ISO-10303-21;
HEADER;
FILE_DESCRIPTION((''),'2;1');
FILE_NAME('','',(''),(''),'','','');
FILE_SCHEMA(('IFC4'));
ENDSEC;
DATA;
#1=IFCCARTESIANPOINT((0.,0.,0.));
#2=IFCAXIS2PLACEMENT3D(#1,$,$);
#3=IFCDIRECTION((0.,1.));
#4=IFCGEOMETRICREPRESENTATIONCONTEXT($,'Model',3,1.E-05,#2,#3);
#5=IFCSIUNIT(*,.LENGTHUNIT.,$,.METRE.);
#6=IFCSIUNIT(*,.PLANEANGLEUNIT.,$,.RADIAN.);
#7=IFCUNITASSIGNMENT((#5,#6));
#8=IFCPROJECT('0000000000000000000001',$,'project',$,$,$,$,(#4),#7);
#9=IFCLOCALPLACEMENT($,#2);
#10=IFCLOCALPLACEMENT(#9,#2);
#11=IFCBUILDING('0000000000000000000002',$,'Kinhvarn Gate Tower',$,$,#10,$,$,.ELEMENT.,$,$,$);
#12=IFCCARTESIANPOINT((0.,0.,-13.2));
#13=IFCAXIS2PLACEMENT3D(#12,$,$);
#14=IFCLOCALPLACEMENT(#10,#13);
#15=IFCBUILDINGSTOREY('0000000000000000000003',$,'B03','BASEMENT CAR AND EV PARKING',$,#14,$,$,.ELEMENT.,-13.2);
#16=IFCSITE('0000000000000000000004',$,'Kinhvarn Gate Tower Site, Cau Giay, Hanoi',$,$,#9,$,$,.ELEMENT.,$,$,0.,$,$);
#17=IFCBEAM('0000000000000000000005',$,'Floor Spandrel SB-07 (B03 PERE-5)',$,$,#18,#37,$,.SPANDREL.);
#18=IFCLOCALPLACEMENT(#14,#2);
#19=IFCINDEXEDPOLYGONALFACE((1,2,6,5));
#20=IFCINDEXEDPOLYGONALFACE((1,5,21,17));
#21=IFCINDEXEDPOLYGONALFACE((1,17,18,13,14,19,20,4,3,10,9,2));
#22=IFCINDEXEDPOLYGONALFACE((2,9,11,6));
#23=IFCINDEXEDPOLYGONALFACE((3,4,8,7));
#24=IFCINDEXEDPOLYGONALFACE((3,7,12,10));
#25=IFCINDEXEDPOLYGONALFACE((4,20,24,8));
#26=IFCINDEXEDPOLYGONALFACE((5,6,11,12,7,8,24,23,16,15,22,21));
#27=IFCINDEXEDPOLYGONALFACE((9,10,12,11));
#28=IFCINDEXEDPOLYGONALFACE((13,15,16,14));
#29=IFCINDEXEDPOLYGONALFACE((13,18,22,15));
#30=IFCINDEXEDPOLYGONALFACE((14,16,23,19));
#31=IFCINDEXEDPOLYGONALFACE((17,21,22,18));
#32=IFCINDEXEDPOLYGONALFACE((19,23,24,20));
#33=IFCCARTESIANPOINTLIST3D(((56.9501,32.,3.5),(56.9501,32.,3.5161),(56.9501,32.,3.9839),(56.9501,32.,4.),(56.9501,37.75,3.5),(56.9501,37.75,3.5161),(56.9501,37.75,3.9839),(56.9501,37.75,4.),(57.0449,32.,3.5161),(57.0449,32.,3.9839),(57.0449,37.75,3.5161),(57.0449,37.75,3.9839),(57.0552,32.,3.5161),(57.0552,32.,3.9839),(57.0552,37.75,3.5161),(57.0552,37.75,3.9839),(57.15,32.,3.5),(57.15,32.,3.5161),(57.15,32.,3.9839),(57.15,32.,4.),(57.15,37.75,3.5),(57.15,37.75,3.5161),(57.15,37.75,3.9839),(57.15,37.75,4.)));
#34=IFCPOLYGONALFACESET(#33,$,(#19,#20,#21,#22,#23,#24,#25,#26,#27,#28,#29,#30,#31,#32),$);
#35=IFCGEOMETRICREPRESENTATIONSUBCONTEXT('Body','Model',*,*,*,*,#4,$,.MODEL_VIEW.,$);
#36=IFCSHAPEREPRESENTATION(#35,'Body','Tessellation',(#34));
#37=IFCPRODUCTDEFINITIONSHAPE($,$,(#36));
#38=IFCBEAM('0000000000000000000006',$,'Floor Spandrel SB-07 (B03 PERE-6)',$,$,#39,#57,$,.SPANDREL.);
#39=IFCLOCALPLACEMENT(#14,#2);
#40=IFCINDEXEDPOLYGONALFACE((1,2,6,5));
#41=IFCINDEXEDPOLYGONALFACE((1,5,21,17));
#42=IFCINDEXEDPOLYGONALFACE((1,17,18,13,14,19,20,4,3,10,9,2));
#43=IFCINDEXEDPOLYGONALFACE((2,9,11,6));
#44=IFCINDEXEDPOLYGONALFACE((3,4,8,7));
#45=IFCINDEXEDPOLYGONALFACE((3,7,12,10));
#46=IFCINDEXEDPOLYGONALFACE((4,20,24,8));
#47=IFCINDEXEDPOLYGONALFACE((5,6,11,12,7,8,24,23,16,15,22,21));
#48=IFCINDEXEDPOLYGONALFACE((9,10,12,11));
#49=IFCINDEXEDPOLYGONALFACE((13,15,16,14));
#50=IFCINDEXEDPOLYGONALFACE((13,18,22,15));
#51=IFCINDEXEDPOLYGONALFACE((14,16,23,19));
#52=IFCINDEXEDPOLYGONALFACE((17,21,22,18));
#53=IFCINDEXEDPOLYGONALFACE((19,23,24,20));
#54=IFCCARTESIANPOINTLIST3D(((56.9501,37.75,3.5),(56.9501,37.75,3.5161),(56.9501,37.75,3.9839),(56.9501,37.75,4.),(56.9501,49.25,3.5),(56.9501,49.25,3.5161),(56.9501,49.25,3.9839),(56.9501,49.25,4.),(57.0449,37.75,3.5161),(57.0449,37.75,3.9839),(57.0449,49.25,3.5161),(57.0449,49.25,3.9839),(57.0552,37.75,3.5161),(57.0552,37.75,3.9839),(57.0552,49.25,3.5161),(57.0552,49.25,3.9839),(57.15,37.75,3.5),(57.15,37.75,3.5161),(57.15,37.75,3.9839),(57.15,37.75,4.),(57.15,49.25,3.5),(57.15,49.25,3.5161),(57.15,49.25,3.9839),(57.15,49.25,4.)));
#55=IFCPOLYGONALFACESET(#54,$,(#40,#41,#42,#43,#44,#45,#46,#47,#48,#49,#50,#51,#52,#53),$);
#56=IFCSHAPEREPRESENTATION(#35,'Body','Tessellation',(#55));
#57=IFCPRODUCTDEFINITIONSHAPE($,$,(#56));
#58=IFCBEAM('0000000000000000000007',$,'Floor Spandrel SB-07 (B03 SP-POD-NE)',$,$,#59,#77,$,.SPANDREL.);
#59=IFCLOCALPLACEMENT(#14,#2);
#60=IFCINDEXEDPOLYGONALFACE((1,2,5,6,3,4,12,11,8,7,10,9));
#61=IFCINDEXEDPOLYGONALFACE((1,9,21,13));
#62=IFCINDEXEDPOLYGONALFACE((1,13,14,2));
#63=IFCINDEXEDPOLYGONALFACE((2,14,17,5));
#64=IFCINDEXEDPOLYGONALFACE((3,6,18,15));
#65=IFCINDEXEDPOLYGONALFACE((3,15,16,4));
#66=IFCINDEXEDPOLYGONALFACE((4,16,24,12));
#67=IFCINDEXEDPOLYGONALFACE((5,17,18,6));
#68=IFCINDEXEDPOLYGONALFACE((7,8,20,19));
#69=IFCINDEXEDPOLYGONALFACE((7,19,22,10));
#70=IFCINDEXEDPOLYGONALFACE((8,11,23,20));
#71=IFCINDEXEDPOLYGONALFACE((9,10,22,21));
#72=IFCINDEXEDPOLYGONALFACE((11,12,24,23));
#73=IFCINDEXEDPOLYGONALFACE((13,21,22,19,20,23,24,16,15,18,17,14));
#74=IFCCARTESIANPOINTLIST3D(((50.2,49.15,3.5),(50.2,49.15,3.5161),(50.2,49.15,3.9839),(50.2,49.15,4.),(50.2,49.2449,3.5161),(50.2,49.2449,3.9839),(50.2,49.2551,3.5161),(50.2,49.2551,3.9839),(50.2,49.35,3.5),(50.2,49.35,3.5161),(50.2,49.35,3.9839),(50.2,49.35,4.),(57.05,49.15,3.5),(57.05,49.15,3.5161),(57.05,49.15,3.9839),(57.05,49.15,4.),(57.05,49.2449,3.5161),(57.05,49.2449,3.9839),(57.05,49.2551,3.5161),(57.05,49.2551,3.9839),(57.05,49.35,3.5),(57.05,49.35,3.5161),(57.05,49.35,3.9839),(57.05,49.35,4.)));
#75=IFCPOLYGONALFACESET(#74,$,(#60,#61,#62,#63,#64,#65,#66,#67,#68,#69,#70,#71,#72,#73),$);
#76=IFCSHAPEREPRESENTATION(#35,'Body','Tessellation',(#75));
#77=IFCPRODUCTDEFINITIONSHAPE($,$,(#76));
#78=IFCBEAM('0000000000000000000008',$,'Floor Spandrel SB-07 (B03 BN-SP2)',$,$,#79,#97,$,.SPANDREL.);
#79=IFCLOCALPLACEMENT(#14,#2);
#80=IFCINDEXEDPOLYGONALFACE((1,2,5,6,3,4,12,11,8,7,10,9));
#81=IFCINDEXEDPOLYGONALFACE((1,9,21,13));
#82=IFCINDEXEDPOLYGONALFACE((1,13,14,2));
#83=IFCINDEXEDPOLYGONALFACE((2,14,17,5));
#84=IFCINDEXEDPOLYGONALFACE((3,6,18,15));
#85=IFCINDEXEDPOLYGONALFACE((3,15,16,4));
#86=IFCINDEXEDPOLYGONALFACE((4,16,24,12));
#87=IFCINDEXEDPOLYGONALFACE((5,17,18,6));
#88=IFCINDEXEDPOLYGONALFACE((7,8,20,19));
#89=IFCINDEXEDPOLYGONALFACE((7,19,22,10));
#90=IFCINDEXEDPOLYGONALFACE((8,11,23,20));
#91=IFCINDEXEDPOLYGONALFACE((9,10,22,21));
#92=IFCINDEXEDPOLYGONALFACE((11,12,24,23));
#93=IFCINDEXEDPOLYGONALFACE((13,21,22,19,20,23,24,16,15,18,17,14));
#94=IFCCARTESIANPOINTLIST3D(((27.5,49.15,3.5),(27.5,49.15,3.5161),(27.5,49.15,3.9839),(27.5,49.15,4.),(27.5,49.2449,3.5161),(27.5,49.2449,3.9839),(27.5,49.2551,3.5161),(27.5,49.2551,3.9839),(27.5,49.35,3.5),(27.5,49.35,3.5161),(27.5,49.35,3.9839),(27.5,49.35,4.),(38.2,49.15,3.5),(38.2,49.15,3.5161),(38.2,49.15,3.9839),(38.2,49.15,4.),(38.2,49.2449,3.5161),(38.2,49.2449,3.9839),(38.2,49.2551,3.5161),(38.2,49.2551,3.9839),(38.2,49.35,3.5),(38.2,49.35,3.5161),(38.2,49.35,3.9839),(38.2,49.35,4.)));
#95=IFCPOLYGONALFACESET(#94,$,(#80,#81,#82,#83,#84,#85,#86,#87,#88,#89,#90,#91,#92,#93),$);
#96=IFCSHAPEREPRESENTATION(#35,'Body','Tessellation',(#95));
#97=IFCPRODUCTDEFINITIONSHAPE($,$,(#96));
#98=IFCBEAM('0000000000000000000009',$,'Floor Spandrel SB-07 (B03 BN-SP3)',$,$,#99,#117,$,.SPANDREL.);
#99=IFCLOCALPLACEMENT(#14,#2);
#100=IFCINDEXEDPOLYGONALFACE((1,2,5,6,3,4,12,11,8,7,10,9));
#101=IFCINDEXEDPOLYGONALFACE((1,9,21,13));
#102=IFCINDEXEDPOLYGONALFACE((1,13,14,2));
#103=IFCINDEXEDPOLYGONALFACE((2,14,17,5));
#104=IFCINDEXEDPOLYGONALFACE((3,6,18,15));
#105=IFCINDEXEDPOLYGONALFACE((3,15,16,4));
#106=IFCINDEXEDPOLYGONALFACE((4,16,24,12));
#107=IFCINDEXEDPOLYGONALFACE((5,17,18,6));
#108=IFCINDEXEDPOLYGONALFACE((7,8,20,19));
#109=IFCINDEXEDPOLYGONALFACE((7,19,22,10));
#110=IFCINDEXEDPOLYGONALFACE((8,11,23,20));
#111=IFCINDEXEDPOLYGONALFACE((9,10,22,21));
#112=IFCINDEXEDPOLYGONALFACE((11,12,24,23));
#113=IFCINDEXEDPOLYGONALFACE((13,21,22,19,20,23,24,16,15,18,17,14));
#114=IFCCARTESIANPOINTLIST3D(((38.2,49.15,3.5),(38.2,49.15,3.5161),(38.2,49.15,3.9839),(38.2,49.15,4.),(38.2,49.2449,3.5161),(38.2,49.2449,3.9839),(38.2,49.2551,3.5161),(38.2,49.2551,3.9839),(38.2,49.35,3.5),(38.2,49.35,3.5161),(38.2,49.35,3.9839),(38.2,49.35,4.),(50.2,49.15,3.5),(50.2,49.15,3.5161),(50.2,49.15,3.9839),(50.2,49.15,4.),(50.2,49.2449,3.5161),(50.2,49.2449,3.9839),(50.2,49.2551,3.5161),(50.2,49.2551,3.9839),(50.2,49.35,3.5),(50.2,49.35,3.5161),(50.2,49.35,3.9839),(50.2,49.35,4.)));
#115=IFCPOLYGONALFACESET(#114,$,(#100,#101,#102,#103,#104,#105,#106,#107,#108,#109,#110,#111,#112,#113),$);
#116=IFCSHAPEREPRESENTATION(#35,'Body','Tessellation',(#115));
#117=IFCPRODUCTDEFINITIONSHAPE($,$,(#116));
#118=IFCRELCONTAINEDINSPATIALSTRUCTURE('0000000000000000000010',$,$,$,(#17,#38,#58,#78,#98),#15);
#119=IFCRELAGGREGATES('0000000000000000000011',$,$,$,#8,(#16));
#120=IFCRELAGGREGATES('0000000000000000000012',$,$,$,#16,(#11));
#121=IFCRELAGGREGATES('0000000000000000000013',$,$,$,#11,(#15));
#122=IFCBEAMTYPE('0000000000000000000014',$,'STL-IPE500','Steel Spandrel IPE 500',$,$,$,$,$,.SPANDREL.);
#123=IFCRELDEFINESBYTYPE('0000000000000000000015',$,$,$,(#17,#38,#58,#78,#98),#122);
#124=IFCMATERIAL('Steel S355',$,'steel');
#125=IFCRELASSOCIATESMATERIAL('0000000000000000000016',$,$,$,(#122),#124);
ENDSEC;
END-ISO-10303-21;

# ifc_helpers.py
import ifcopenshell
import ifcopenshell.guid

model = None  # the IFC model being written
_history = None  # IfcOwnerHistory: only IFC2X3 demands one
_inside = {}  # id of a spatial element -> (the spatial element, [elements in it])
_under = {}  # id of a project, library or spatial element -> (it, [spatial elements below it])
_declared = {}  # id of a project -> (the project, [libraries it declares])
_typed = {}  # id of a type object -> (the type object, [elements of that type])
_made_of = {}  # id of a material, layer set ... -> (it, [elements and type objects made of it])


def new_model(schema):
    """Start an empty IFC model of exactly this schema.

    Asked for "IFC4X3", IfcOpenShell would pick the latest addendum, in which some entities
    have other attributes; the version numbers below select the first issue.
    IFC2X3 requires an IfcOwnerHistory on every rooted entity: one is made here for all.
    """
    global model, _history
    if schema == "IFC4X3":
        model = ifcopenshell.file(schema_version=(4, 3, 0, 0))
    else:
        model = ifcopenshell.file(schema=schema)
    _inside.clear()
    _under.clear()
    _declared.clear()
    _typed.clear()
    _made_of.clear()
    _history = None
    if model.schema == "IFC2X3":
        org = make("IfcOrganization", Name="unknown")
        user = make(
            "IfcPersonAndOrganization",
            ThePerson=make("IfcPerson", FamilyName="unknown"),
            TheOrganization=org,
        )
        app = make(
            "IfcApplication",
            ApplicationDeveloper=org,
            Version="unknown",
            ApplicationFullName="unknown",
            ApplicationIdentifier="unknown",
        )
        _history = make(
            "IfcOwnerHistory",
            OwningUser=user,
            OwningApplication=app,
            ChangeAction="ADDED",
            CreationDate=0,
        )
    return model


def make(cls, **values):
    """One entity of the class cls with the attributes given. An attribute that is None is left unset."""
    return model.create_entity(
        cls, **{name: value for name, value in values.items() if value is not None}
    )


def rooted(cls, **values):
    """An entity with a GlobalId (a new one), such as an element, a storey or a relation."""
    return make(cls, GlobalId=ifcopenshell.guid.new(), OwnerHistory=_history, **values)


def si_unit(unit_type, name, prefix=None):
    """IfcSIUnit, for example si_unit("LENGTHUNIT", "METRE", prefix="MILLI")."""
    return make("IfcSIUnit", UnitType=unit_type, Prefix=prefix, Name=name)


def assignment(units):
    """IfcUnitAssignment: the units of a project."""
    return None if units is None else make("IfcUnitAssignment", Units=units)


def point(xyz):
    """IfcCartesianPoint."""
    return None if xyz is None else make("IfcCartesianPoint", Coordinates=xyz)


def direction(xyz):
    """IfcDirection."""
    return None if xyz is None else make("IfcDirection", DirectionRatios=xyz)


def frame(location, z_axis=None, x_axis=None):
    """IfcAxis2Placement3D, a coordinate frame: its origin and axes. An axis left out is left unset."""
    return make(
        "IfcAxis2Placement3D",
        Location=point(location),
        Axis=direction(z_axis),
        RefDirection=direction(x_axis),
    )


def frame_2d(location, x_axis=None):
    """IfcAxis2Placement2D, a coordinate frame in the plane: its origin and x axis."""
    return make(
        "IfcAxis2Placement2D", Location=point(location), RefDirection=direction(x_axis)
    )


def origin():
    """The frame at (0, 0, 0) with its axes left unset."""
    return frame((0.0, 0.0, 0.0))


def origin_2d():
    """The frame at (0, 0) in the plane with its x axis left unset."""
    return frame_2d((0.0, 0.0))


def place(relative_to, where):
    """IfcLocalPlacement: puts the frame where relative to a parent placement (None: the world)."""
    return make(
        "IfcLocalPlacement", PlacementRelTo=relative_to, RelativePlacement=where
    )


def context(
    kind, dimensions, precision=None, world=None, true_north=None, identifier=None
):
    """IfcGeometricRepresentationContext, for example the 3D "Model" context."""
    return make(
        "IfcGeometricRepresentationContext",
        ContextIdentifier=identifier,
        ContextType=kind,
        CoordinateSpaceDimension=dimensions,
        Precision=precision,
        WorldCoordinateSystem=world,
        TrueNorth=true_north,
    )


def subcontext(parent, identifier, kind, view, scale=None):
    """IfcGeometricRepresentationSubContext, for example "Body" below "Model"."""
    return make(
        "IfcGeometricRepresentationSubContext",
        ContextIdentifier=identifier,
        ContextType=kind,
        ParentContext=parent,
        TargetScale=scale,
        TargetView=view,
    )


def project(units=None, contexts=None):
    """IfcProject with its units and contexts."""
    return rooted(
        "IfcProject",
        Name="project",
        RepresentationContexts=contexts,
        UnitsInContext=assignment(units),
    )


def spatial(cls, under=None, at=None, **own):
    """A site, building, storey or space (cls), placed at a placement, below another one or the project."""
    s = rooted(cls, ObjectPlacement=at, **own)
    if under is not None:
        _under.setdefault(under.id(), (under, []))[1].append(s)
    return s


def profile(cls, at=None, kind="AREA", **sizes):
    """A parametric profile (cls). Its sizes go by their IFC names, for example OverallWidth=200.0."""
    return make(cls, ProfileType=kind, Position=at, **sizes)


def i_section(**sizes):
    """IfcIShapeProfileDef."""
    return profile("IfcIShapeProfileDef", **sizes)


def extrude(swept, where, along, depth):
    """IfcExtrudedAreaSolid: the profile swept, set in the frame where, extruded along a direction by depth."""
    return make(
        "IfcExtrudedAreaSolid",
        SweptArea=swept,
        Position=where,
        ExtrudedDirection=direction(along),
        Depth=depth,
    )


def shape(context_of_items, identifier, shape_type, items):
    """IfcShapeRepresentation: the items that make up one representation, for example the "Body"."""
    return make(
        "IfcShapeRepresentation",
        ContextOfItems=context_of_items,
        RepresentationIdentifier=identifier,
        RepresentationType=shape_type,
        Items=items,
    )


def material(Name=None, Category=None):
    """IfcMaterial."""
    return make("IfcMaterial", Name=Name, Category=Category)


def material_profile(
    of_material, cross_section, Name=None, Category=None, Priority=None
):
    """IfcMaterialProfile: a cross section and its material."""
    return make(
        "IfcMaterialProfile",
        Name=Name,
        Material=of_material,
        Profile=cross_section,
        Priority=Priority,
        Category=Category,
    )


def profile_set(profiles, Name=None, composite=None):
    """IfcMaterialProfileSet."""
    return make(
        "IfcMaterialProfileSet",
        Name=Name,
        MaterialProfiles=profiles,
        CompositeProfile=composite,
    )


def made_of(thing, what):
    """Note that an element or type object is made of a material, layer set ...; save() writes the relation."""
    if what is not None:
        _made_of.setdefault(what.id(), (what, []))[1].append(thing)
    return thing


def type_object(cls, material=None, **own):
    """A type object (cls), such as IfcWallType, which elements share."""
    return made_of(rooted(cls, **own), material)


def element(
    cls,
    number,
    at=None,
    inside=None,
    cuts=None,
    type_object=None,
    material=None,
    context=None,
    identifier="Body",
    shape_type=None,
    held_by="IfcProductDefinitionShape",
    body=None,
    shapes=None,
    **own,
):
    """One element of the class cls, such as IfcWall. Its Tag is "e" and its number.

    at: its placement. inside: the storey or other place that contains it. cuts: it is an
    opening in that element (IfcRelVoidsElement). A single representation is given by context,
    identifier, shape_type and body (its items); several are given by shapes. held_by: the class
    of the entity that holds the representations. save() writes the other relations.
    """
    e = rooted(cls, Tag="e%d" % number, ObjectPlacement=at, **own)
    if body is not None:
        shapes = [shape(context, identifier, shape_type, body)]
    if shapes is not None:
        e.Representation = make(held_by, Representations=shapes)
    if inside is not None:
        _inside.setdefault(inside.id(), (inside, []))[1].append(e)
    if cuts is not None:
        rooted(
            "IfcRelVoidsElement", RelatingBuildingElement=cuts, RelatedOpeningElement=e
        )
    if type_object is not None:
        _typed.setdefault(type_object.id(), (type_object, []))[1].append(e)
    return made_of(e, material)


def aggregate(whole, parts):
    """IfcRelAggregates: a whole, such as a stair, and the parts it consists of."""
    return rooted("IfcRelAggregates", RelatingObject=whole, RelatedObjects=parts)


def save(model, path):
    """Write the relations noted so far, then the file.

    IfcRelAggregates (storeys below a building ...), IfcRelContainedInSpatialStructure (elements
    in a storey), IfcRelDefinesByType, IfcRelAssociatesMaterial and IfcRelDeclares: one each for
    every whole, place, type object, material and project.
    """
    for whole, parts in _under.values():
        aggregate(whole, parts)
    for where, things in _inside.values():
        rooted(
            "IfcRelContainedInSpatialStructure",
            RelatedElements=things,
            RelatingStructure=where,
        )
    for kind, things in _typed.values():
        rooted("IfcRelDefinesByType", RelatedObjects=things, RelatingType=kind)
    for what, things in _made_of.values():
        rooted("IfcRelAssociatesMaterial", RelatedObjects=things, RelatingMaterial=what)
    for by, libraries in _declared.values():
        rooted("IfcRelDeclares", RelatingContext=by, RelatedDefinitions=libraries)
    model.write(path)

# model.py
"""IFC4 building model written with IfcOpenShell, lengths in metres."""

from ifc_helpers import new_model, si_unit, direction, frame, origin, origin_2d, place, context, subcontext, project, spatial, i_section, extrude, material, material_profile, profile_set, type_object, element, save


model = new_model("IFC4")

# Units and contexts
model_context = context("Model", 3, precision=1e-05, world=origin(), true_north=direction((0.0, 1.0)))
body_context = subcontext(model_context, "Body", "Model", "MODEL_VIEW")
ifc_project = project(units=[si_unit("LENGTHUNIT", "METRE"), si_unit("PLANEANGLEUNIT", "RADIAN")], contexts=[model_context])

# Site, building, storey
site_placement = place(None, origin())
site = spatial("IfcSite", under=ifc_project, at=site_placement, Name="Kinhvarn Gate Tower Site, Cau Giay, Hanoi", CompositionType="ELEMENT", RefElevation=0.0)
building_placement = place(site_placement, origin())
building = spatial("IfcBuilding", under=site, at=building_placement, Name="Kinhvarn Gate Tower", CompositionType="ELEMENT")
storey_placement = place(building_placement, frame((0.0, 0.0, -13.2)))
storey = spatial("IfcBuildingStorey", under=building, at=storey_placement, Name="B03", Description="BASEMENT CAR AND EV PARKING", CompositionType="ELEMENT", Elevation=-13.2)

# Beams
ifc_material = material(Name="Steel S355", Category="steel")
ifc_material_profile_1 = material_profile(ifc_material, i_section(OverallWidth=0.2, OverallDepth=0.5, WebThickness=0.0103, FlangeThickness=0.0161, at=origin_2d()), Name="IPE 500")
ifc_profile_set_1 = profile_set([ifc_material_profile_1], Name="Steel S355")
beam_type_1 = type_object("IfcBeamType", Name="STL-IPE500", Description="Steel Spandrel IPE 500", PredefinedType="SPANDREL", material=ifc_profile_set_1)
beam_1_placement = place(storey_placement, frame((57.05, 32.0, 3.75), z_axis=(0.0, 1.0, 0.0), x_axis=(-1.0, 0.0, 0.0)))
element("IfcBeam", 1, at=beam_1_placement, inside=storey, type_object=beam_type_1, Name="Floor Spandrel SB-07 (B03 PERE-5)", PredefinedType="SPANDREL", context=body_context, shape_type="SweptSolid", body=[
    extrude(i_section(OverallWidth=0.2, OverallDepth=0.5, WebThickness=0.0103, FlangeThickness=0.0161, at=origin_2d()), origin(), (0.0, 0.0, 1.0), 5.75),
])
beam_2_placement = place(storey_placement, frame((57.05, 37.75, 3.75), z_axis=(0.0, 1.0, 0.0), x_axis=(-1.0, 0.0, 0.0)))
element("IfcBeam", 2, at=beam_2_placement, inside=storey, type_object=beam_type_1, Name="Floor Spandrel SB-07 (B03 PERE-6)", PredefinedType="SPANDREL", context=body_context, shape_type="SweptSolid", body=[
    extrude(i_section(OverallWidth=0.2, OverallDepth=0.5, WebThickness=0.0103, FlangeThickness=0.0161, at=origin_2d()), origin(), (0.0, 0.0, 1.0), 11.5),
])
beam_3_placement = place(storey_placement, frame((50.2, 49.25, 3.75), z_axis=(1.0, 0.0, 0.0), x_axis=(0.0, 1.0, 0.0)))
element("IfcBeam", 3, at=beam_3_placement, inside=storey, type_object=beam_type_1, Name="Floor Spandrel SB-07 (B03 SP-POD-NE)", PredefinedType="SPANDREL", context=body_context, shape_type="SweptSolid", body=[
    extrude(i_section(OverallWidth=0.2, OverallDepth=0.5, WebThickness=0.0103, FlangeThickness=0.0161, at=origin_2d()), origin(), (0.0, 0.0, 1.0), 6.8501),
])
beam_4_placement = place(storey_placement, frame((27.5, 49.25, 3.75), z_axis=(1.0, 0.0, 0.0), x_axis=(0.0, 1.0, 0.0)))
element("IfcBeam", 4, at=beam_4_placement, inside=storey, type_object=beam_type_1, Name="Floor Spandrel SB-07 (B03 BN-SP2)", PredefinedType="SPANDREL", context=body_context, shape_type="SweptSolid", body=[
    extrude(i_section(OverallWidth=0.2, OverallDepth=0.5, WebThickness=0.0103, FlangeThickness=0.0161, at=origin_2d()), origin(), (0.0, 0.0, 1.0), 10.7),
])
beam_5_placement = place(storey_placement, frame((38.2, 49.25, 3.75), z_axis=(1.0, 0.0, 0.0), x_axis=(0.0, 1.0, 0.0)))
element("IfcBeam", 5, at=beam_5_placement, inside=storey, type_object=beam_type_1, Name="Floor Spandrel SB-07 (B03 BN-SP3)", PredefinedType="SPANDREL", context=body_context, shape_type="SweptSolid", body=[
    extrude(i_section(OverallWidth=0.2, OverallDepth=0.5, WebThickness=0.0103, FlangeThickness=0.0161, at=origin_2d()), origin(), (0.0, 0.0, 1.0), 12.0),
])

save(model, "model.ifc")
